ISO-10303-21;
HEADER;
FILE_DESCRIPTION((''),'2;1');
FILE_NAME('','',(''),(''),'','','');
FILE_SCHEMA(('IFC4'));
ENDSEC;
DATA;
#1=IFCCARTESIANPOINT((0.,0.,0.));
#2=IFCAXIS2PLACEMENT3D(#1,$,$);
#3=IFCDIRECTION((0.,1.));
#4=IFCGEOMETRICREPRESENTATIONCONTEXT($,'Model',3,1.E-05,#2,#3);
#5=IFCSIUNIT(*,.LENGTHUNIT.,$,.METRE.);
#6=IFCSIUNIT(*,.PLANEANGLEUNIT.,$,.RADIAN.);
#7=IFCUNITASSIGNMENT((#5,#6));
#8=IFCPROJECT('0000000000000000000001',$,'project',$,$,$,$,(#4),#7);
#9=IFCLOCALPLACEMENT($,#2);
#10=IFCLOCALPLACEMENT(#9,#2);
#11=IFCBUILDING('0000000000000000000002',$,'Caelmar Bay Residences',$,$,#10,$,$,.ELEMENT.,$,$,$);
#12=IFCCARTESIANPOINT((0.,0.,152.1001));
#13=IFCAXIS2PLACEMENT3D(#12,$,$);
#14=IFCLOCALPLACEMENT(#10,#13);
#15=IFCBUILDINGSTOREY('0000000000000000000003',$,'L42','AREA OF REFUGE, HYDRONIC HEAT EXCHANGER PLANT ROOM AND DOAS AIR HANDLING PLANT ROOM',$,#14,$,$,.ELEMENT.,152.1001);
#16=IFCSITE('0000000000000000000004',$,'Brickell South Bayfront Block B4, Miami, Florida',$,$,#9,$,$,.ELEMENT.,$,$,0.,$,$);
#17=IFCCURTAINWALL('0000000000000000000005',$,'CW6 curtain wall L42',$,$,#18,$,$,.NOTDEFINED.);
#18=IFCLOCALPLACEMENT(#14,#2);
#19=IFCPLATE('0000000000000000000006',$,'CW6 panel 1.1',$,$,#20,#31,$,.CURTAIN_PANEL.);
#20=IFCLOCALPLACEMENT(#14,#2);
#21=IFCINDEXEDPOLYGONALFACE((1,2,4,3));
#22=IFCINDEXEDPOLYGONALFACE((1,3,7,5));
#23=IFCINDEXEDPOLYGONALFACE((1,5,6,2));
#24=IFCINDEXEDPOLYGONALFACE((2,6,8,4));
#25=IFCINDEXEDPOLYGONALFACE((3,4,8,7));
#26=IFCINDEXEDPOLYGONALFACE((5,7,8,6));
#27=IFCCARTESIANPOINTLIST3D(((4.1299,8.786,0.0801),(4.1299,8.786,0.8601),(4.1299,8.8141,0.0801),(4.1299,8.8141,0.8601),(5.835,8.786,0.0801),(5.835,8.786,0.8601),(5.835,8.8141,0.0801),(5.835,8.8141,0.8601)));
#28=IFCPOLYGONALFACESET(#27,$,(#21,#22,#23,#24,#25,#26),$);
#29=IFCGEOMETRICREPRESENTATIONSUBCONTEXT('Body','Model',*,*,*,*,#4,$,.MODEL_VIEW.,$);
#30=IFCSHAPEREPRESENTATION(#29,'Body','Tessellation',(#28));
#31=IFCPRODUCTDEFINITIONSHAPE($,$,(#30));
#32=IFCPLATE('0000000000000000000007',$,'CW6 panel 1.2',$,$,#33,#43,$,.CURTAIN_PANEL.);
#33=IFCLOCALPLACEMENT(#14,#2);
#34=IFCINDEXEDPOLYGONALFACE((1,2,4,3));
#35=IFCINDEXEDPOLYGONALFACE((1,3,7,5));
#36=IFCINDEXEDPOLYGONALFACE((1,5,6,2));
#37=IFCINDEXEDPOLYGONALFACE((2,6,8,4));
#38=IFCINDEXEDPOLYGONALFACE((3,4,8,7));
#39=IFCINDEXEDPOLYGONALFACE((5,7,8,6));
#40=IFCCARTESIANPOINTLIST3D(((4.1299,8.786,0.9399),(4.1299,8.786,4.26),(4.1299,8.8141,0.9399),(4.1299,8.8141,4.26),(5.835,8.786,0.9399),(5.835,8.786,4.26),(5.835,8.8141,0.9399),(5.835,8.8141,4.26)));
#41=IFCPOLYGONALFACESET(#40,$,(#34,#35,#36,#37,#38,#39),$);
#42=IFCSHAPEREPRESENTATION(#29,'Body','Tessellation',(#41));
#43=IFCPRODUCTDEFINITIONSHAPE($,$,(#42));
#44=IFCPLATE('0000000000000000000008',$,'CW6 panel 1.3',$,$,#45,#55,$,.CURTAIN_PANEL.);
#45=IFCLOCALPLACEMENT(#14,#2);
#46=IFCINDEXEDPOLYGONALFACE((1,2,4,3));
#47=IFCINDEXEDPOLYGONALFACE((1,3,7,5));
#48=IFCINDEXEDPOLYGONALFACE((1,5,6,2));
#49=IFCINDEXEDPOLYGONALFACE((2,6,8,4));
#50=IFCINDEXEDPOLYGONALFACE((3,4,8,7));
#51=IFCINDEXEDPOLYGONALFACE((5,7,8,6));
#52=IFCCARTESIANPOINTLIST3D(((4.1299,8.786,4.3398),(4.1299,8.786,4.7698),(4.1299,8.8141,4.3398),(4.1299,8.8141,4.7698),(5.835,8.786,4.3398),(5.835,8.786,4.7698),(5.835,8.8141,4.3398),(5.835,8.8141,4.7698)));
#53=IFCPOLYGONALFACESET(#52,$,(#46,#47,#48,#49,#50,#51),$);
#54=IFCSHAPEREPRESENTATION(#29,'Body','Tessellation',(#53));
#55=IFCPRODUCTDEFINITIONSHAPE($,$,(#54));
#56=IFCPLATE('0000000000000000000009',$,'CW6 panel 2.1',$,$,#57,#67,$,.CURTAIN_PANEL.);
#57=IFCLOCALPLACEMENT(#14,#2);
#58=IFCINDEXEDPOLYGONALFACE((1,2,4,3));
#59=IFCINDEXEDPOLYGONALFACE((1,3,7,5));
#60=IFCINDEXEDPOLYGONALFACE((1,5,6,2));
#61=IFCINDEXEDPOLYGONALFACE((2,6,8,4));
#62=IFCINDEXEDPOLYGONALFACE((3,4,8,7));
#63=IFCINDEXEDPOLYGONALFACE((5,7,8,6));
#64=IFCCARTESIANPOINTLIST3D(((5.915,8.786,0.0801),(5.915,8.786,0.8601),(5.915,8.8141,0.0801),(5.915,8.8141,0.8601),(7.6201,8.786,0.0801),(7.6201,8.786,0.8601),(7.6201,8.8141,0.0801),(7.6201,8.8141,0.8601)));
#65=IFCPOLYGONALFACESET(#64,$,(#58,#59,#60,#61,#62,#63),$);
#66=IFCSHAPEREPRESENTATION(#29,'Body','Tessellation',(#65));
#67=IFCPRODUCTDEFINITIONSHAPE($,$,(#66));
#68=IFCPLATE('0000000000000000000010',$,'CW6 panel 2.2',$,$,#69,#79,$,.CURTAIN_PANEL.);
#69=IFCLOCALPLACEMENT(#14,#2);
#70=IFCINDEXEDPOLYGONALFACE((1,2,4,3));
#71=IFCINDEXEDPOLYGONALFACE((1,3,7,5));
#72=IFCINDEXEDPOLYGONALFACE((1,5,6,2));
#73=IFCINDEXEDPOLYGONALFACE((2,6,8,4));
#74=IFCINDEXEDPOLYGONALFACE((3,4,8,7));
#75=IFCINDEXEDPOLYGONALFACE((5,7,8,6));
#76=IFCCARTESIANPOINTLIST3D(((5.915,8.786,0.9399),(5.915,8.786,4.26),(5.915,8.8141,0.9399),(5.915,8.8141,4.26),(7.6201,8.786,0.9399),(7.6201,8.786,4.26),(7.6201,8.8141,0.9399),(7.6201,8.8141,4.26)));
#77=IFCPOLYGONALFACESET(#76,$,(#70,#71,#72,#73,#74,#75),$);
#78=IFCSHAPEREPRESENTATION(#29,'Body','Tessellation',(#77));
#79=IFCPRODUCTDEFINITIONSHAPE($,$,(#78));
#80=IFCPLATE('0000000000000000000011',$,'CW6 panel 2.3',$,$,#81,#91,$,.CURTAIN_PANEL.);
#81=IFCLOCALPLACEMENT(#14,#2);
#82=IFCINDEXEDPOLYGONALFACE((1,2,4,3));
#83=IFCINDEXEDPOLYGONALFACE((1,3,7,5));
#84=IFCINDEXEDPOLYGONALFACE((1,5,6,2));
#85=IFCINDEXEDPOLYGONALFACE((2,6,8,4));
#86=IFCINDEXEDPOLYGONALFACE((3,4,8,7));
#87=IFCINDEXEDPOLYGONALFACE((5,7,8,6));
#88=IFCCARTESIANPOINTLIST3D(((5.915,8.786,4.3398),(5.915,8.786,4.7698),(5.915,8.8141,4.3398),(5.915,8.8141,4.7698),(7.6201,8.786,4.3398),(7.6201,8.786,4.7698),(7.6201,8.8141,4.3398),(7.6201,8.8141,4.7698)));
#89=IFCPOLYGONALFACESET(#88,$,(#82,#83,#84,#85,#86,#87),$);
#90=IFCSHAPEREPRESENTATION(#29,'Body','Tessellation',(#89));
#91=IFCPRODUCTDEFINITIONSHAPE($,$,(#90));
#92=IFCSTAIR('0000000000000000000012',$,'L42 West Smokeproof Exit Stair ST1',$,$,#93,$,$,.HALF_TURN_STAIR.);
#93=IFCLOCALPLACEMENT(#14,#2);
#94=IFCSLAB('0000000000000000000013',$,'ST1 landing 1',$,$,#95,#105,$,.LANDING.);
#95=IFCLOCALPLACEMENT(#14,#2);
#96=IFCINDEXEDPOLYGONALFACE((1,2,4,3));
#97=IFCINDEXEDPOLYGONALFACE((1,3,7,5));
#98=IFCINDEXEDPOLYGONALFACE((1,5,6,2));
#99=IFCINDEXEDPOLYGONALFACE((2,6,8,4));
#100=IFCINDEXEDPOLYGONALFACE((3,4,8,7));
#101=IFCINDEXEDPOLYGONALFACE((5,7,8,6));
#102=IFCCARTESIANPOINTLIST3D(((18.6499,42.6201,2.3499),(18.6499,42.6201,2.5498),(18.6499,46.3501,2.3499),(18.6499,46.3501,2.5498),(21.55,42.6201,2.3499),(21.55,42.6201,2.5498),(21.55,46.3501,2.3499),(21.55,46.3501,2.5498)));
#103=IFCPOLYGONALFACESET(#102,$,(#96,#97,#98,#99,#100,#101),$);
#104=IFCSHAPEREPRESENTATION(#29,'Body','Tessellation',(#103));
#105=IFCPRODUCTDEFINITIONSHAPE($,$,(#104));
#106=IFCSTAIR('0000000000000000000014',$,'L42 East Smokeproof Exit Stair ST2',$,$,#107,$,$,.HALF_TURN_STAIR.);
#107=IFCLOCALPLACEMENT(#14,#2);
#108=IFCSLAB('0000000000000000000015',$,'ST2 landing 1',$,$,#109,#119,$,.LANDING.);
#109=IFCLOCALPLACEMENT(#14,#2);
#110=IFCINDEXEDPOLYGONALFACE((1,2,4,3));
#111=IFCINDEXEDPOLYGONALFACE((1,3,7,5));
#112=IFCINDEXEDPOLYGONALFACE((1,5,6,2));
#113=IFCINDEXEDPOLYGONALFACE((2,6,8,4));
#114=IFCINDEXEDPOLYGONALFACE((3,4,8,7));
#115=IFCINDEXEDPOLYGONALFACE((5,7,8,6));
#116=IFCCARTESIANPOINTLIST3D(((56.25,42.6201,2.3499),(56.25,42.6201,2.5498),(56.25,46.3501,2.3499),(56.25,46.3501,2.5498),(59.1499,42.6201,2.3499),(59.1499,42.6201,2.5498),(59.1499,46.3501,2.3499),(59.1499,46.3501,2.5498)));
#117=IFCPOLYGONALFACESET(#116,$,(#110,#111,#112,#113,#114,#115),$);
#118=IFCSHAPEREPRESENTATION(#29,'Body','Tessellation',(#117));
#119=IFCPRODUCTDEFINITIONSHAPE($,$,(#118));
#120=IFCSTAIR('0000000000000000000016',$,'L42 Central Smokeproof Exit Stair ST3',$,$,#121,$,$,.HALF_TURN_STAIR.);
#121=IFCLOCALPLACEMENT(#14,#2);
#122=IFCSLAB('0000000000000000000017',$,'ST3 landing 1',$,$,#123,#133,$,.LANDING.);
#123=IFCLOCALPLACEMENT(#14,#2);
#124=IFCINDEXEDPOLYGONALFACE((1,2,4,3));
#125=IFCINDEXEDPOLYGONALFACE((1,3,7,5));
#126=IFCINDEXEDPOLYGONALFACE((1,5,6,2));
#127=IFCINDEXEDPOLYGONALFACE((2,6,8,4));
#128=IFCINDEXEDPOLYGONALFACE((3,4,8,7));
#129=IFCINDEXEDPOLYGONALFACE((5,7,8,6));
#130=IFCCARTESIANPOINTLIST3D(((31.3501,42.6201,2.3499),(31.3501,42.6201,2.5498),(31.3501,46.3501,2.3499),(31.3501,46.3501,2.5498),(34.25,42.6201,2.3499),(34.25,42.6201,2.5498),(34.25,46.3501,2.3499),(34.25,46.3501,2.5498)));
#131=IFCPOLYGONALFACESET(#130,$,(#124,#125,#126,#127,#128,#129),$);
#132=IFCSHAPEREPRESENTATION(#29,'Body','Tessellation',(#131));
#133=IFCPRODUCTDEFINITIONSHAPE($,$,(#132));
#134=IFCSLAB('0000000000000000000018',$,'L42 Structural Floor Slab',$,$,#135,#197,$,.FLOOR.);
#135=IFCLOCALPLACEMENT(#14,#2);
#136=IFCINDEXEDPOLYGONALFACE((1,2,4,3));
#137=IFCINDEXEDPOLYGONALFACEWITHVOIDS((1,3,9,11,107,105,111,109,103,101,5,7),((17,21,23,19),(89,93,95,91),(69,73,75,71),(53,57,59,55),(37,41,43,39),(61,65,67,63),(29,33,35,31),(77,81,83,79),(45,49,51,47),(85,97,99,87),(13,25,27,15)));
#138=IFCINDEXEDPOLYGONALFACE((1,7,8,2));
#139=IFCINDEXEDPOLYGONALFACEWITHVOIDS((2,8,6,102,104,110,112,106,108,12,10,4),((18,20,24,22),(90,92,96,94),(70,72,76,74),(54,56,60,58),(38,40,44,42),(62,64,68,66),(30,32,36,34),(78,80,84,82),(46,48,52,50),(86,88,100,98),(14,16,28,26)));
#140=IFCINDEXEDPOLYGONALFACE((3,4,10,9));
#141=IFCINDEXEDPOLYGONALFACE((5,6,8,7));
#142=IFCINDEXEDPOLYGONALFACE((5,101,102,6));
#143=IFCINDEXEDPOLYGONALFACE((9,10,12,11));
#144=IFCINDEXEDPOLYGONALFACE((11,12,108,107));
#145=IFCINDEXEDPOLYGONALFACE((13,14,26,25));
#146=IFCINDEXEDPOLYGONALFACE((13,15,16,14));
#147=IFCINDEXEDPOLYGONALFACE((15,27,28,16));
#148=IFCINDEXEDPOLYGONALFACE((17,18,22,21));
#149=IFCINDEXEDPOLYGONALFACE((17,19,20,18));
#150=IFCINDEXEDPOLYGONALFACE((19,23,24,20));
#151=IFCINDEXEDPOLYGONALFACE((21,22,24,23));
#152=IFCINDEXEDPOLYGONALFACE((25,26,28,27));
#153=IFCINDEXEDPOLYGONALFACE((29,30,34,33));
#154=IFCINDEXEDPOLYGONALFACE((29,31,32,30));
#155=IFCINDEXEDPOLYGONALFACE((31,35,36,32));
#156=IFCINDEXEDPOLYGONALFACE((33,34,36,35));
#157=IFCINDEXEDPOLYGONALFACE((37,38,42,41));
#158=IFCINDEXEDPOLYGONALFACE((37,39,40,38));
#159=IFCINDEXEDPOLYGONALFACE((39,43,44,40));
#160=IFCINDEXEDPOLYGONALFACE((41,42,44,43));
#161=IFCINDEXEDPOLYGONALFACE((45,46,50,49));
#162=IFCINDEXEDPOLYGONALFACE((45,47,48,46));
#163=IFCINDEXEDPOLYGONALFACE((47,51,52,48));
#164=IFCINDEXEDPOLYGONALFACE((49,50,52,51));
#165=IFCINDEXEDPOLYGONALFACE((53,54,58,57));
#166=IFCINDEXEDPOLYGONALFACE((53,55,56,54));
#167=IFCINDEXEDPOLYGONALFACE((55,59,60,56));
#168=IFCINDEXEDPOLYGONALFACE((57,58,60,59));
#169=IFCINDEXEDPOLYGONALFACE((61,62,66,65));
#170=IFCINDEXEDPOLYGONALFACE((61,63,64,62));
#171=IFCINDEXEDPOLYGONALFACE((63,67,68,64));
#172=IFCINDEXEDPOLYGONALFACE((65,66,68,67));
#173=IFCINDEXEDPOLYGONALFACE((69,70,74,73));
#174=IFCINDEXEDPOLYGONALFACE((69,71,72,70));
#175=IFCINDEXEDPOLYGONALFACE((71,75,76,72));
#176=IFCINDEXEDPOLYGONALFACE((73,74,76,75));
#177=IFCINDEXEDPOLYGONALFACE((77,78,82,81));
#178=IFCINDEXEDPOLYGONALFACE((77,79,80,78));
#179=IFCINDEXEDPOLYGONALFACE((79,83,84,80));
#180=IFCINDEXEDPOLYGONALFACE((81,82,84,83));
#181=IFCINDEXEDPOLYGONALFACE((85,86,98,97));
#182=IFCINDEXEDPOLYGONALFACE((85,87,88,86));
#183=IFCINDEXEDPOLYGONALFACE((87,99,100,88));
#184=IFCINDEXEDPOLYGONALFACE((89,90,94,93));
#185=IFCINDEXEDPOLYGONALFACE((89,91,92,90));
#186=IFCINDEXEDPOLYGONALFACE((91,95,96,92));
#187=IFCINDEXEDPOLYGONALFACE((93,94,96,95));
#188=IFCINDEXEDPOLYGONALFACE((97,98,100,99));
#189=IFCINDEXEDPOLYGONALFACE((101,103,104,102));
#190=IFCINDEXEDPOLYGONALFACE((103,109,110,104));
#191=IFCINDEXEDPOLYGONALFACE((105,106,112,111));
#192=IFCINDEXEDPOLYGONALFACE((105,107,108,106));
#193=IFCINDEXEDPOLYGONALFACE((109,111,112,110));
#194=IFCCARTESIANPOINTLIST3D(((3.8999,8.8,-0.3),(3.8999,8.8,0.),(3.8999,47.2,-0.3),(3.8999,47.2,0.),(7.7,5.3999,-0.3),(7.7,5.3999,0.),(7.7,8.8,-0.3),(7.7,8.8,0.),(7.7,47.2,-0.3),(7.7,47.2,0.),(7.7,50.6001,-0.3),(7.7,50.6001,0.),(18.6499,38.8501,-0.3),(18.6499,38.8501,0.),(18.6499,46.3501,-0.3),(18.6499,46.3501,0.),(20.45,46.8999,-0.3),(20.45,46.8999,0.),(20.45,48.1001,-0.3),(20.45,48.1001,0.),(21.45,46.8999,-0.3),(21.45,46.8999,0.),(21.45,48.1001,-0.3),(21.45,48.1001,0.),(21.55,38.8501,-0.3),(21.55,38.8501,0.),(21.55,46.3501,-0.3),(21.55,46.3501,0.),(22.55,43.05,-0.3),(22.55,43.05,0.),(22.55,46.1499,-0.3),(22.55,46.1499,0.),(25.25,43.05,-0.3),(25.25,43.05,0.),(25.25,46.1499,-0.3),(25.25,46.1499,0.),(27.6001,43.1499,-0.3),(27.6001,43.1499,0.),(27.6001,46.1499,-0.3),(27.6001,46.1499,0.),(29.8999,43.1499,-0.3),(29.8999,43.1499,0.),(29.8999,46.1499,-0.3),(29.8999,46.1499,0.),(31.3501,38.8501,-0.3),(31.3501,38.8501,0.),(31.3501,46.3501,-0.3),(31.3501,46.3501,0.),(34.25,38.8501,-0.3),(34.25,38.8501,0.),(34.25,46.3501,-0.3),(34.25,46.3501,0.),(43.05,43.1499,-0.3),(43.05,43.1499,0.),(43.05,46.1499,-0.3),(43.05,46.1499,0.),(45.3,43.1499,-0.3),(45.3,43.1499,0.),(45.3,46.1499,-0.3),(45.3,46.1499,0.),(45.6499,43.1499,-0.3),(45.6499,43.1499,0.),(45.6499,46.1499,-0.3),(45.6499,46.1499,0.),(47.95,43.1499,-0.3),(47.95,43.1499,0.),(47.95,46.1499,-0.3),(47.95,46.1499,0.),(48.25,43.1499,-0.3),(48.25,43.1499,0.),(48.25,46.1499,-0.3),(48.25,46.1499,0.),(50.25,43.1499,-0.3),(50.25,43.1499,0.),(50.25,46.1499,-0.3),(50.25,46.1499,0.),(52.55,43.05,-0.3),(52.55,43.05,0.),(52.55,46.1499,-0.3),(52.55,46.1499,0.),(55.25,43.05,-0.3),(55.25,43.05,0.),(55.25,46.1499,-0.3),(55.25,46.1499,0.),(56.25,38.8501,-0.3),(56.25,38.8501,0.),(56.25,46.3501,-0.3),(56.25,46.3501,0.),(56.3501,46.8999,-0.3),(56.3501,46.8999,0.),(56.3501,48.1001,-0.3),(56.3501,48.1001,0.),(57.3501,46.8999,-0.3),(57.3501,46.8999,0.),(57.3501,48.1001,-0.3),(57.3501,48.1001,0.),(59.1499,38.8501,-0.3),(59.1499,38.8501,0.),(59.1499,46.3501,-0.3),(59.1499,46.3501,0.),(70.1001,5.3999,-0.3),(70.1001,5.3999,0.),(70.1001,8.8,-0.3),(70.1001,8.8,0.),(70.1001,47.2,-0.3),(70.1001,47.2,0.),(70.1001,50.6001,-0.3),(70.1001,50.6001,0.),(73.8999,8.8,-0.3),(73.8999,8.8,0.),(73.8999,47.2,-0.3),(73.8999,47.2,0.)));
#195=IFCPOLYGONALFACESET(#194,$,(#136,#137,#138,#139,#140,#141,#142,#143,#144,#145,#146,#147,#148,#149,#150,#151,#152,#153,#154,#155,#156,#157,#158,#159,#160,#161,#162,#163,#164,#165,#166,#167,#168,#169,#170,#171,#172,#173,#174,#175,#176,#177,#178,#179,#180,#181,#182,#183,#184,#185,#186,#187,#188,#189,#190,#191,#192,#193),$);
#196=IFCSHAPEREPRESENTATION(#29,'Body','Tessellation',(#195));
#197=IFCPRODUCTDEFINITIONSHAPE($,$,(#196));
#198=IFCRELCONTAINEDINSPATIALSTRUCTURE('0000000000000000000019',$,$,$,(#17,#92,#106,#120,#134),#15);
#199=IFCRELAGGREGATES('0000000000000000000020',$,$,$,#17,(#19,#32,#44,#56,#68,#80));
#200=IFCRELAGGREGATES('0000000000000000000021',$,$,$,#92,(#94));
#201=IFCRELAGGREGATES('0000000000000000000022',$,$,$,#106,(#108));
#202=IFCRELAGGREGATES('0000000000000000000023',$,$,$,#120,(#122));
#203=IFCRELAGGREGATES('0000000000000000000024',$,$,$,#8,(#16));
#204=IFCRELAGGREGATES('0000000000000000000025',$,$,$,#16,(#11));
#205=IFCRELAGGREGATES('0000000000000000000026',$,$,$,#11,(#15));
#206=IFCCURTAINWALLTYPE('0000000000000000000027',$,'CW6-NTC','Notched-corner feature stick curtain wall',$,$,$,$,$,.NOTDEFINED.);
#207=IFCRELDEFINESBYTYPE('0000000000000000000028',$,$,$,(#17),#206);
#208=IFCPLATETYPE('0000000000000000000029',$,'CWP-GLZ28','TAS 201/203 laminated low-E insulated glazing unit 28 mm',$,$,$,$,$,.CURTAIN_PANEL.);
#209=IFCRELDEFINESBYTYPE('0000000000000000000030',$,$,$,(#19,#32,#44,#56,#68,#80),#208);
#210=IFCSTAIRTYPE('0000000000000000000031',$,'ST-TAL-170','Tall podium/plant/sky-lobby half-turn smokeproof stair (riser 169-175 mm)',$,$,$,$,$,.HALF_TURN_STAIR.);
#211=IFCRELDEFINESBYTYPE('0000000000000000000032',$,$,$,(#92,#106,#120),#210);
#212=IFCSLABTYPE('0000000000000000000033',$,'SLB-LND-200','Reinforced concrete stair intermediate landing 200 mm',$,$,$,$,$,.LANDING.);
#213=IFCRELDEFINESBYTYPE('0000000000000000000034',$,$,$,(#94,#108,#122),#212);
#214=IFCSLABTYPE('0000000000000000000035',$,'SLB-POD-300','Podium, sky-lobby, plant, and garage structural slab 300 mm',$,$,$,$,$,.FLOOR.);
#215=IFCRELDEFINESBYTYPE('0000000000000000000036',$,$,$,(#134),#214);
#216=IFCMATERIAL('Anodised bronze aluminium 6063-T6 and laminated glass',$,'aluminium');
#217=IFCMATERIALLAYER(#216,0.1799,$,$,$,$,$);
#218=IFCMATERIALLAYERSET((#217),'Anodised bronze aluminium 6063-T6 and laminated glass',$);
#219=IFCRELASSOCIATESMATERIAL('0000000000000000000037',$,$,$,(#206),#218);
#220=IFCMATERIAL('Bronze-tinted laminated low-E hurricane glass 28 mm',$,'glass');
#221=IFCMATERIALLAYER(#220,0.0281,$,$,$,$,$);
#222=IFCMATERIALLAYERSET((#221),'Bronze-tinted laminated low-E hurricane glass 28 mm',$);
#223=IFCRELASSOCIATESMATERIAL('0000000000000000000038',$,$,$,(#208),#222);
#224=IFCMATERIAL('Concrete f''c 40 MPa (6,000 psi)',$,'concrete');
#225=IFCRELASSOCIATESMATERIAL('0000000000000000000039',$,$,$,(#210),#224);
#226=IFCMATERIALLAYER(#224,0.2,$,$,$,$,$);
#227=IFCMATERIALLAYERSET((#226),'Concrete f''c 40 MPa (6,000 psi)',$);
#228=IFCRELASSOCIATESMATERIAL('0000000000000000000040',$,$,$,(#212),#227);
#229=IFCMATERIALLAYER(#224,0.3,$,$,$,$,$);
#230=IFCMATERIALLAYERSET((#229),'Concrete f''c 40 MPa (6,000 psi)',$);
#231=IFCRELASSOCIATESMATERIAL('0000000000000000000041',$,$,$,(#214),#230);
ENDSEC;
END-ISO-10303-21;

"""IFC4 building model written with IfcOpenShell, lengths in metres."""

from ifc_helpers import new_model, si_unit, direction, frame, origin, origin_2d, place, context, subcontext, project, spatial, polyline, rectangle, outline, extrude, material, layer, layer_set, type_object, element, aggregate, save


model = new_model("IFC4")

# Units and contexts
model_context = context("Model", 3, precision=1e-05, world=origin(), true_north=direction((0.0, 1.0)))
body_context = subcontext(model_context, "Body", "Model", "MODEL_VIEW")
ifc_project = project(units=[si_unit("LENGTHUNIT", "METRE"), si_unit("PLANEANGLEUNIT", "RADIAN")], contexts=[model_context])

# Site, building, storey
site_placement = place(None, origin())
site = spatial("IfcSite", under=ifc_project, at=site_placement, Name="Brickell South Bayfront Block B4, Miami, Florida", CompositionType="ELEMENT", RefElevation=0.0)
building_placement = place(site_placement, origin())
building = spatial("IfcBuilding", under=site, at=building_placement, Name="Caelmar Bay Residences", CompositionType="ELEMENT")
storey_placement = place(building_placement, frame((0.0, 0.0, 152.1001)))
storey = spatial("IfcBuildingStorey", under=building, at=storey_placement, Name="L42", Description="AREA OF REFUGE, HYDRONIC HEAT EXCHANGER PLANT ROOM AND DOAS AIR HANDLING PLANT ROOM", CompositionType="ELEMENT", Elevation=152.1001)

# Curtain wall
ifc_material_1 = material(Name="Anodised bronze aluminium 6063-T6 and laminated glass", Category="aluminium")
ifc_layer_1 = layer(ifc_material_1, 0.1799)
ifc_layer_set_1 = layer_set([ifc_layer_1], Name="Anodised bronze aluminium 6063-T6 and laminated glass")
curtain_wall_type_1 = type_object("IfcCurtainWallType", Name="CW6-NTC", Description="Notched-corner feature stick curtain wall", PredefinedType="NOTDEFINED", material=ifc_layer_set_1)
curtain_wall_1_placement = place(storey_placement, origin())
curtain_wall_1 = element("IfcCurtainWall", 1, at=curtain_wall_1_placement, inside=storey, type_object=curtain_wall_type_1, Name="CW6 curtain wall L42", PredefinedType="NOTDEFINED")

# Plates
ifc_material_2 = material(Name="Bronze-tinted laminated low-E hurricane glass 28 mm", Category="glass")
ifc_layer_2 = layer(ifc_material_2, 0.0281)
ifc_layer_set_2 = layer_set([ifc_layer_2], Name="Bronze-tinted laminated low-E hurricane glass 28 mm")
plate_type = type_object("IfcPlateType", Name="CWP-GLZ28", Description="TAS 201/203 laminated low-E insulated glazing unit 28 mm", PredefinedType="CURTAIN_PANEL", material=ifc_layer_set_2)
plate_1_placement = place(storey_placement, frame((4.9824, 8.8, 0.0801), z_axis=(0.0, 0.0, 1.0), x_axis=(1.0, 0.0, 0.0)))
plate_1 = element("IfcPlate", 2, at=plate_1_placement, type_object=plate_type, Name="CW6 panel 1.1", PredefinedType="CURTAIN_PANEL", context=body_context, shape_type="SweptSolid", body=[
    extrude(rectangle(XDim=1.7051, YDim=0.0281, at=origin_2d()), origin(), (0.0, 0.0, 1.0), 0.78),
])
plate_2_placement = place(storey_placement, frame((4.9824, 8.8, 0.9399), z_axis=(0.0, 0.0, 1.0), x_axis=(1.0, 0.0, 0.0)))
plate_2 = element("IfcPlate", 3, at=plate_2_placement, type_object=plate_type, Name="CW6 panel 1.2", PredefinedType="CURTAIN_PANEL", context=body_context, shape_type="SweptSolid", body=[
    extrude(rectangle(XDim=1.7051, YDim=0.0281, at=origin_2d()), origin(), (0.0, 0.0, 1.0), 3.3201),
])
plate_3_placement = place(storey_placement, frame((4.9824, 8.8, 4.3398), z_axis=(0.0, 0.0, 1.0), x_axis=(1.0, 0.0, 0.0)))
plate_3 = element("IfcPlate", 4, at=plate_3_placement, type_object=plate_type, Name="CW6 panel 1.3", PredefinedType="CURTAIN_PANEL", context=body_context, shape_type="SweptSolid", body=[
    extrude(rectangle(XDim=1.7051, YDim=0.0281, at=origin_2d()), origin(), (0.0, 0.0, 1.0), 0.4299),
])
plate_4_placement = place(storey_placement, frame((6.7676, 8.8, 0.0801), z_axis=(0.0, 0.0, 1.0), x_axis=(1.0, 0.0, 0.0)))
plate_4 = element("IfcPlate", 5, at=plate_4_placement, type_object=plate_type, Name="CW6 panel 2.1", PredefinedType="CURTAIN_PANEL", context=body_context, shape_type="SweptSolid", body=[
    extrude(rectangle(XDim=1.7051, YDim=0.0281, at=origin_2d()), origin(), (0.0, 0.0, 1.0), 0.78),
])
plate_5_placement = place(storey_placement, frame((6.7676, 8.8, 0.9399), z_axis=(0.0, 0.0, 1.0), x_axis=(1.0, 0.0, 0.0)))
plate_5 = element("IfcPlate", 6, at=plate_5_placement, type_object=plate_type, Name="CW6 panel 2.2", PredefinedType="CURTAIN_PANEL", context=body_context, shape_type="SweptSolid", body=[
    extrude(rectangle(XDim=1.7051, YDim=0.0281, at=origin_2d()), origin(), (0.0, 0.0, 1.0), 3.3201),
])
plate_6_placement = place(storey_placement, frame((6.7676, 8.8, 4.3398), z_axis=(0.0, 0.0, 1.0), x_axis=(1.0, 0.0, 0.0)))
plate_6 = element("IfcPlate", 7, at=plate_6_placement, type_object=plate_type, Name="CW6 panel 2.3", PredefinedType="CURTAIN_PANEL", context=body_context, shape_type="SweptSolid", body=[
    extrude(rectangle(XDim=1.7051, YDim=0.0281, at=origin_2d()), origin(), (0.0, 0.0, 1.0), 0.4299),
])
aggregate(curtain_wall_1, [plate_1, plate_2, plate_3, plate_4, plate_5, plate_6])

# Stairs, slabs
ifc_material_3 = material(Name="Concrete f'c 40 MPa (6,000 psi)", Category="concrete")
stair_type = type_object("IfcStairType", Name="ST-TAL-170", Description="Tall podium/plant/sky-lobby half-turn smokeproof stair (riser 169-175 mm)", PredefinedType="HALF_TURN_STAIR", material=ifc_material_3)
stair_1_placement = place(storey_placement, origin())
stair_1 = element("IfcStair", 8, at=stair_1_placement, inside=storey, type_object=stair_type, Name="L42 West Smokeproof Exit Stair ST1", PredefinedType="HALF_TURN_STAIR")
ifc_layer_3 = layer(ifc_material_3, 0.2)
ifc_layer_set_3 = layer_set([ifc_layer_3], Name="Concrete f'c 40 MPa (6,000 psi)")
slab_type_1 = type_object("IfcSlabType", Name="SLB-LND-200", Description="Reinforced concrete stair intermediate landing 200 mm", PredefinedType="LANDING", material=ifc_layer_set_3)
slab_1_placement = place(storey_placement, frame((0.0, 0.0, 2.3499)))
slab_1 = element("IfcSlab", 9, at=slab_1_placement, type_object=slab_type_1, Name="ST1 landing 1", PredefinedType="LANDING", context=body_context, shape_type="SweptSolid", body=[
    extrude(outline(polyline([(21.55, 42.6201), (21.55, 46.3501), (18.6499, 46.3501), (18.6499, 42.6201), (21.55, 42.6201)])), origin(), (0.0, 0.0, 1.0), 0.2),
])
aggregate(stair_1, [slab_1])
stair_2_placement = place(storey_placement, origin())
stair_2 = element("IfcStair", 10, at=stair_2_placement, inside=storey, type_object=stair_type, Name="L42 East Smokeproof Exit Stair ST2", PredefinedType="HALF_TURN_STAIR")
slab_2_placement = place(storey_placement, frame((0.0, 0.0, 2.3499)))
slab_2 = element("IfcSlab", 11, at=slab_2_placement, type_object=slab_type_1, Name="ST2 landing 1", PredefinedType="LANDING", context=body_context, shape_type="SweptSolid", body=[
    extrude(outline(polyline([(59.1499, 42.6201), (59.1499, 46.3501), (56.25, 46.3501), (56.25, 42.6201), (59.1499, 42.6201)])), origin(), (0.0, 0.0, 1.0), 0.2),
])
aggregate(stair_2, [slab_2])
stair_3_placement = place(storey_placement, origin())
stair_3 = element("IfcStair", 12, at=stair_3_placement, inside=storey, type_object=stair_type, Name="L42 Central Smokeproof Exit Stair ST3", PredefinedType="HALF_TURN_STAIR")
slab_3_placement = place(storey_placement, frame((0.0, 0.0, 2.3499)))
slab_3 = element("IfcSlab", 13, at=slab_3_placement, type_object=slab_type_1, Name="ST3 landing 1", PredefinedType="LANDING", context=body_context, shape_type="SweptSolid", body=[
    extrude(outline(polyline([(34.25, 42.6201), (34.25, 46.3501), (31.3501, 46.3501), (31.3501, 42.6201), (34.25, 42.6201)])), origin(), (0.0, 0.0, 1.0), 0.2),
])
aggregate(stair_3, [slab_3])

# Slab
ifc_layer_4 = layer(ifc_material_3, 0.3)
ifc_layer_set_4 = layer_set([ifc_layer_4], Name="Concrete f'c 40 MPa (6,000 psi)")
slab_type_2 = type_object("IfcSlabType", Name="SLB-POD-300", Description="Podium, sky-lobby, plant, and garage structural slab 300 mm", PredefinedType="FLOOR", material=ifc_layer_set_4)
slab_4_placement = place(storey_placement, frame((0.0, 0.0, -0.3)))
element("IfcSlab", 14, at=slab_4_placement, inside=storey, type_object=slab_type_2, Name="L42 Structural Floor Slab", PredefinedType="FLOOR", context=body_context, shape_type="SweptSolid", body=[
    extrude(outline(polyline([(7.7, 5.3999), (70.1001, 5.3999), (70.1001, 8.8), (73.8999, 8.8), (73.8999, 47.2), (70.1001, 47.2), (70.1001, 50.6001), (7.7, 50.6001), (7.7, 47.2), (3.8999, 47.2), (3.8999, 8.8), (7.7, 8.8), (7.7, 5.3999)]), holes=[polyline([(18.6499, 38.8501), (21.55, 38.8501), (21.55, 46.3501), (18.6499, 46.3501), (18.6499, 38.8501)]), polyline([(56.25, 38.8501), (59.1499, 38.8501), (59.1499, 46.3501), (56.25, 46.3501), (56.25, 38.8501)]), polyline([(31.3501, 38.8501), (34.25, 38.8501), (34.25, 46.3501), (31.3501, 46.3501), (31.3501, 38.8501)]), polyline([(22.55, 43.05), (25.25, 43.05), (25.25, 46.1499), (22.55, 46.1499), (22.55, 43.05)]), polyline([(52.55, 43.05), (55.25, 43.05), (55.25, 46.1499), (52.55, 46.1499), (52.55, 43.05)]), polyline([(43.05, 43.1499), (45.3, 43.1499), (45.3, 46.1499), (43.05, 46.1499), (43.05, 43.1499)]), polyline([(45.6499, 43.1499), (47.95, 43.1499), (47.95, 46.1499), (45.6499, 46.1499), (45.6499, 43.1499)]), polyline([(48.25, 43.1499), (50.25, 43.1499), (50.25, 46.1499), (48.25, 46.1499), (48.25, 43.1499)]), polyline([(27.6001, 43.1499), (29.8999, 43.1499), (29.8999, 46.1499), (27.6001, 46.1499), (27.6001, 43.1499)]), polyline([(20.45, 46.8999), (21.45, 46.8999), (21.45, 48.1001), (20.45, 48.1001), (20.45, 46.8999)]), polyline([(56.3501, 46.8999), (57.3501, 46.8999), (57.3501, 48.1001), (56.3501, 48.1001), (56.3501, 46.8999)])]), origin(), (0.0, 0.0, 1.0), 0.3),
])

save(model, "model.ifc")
